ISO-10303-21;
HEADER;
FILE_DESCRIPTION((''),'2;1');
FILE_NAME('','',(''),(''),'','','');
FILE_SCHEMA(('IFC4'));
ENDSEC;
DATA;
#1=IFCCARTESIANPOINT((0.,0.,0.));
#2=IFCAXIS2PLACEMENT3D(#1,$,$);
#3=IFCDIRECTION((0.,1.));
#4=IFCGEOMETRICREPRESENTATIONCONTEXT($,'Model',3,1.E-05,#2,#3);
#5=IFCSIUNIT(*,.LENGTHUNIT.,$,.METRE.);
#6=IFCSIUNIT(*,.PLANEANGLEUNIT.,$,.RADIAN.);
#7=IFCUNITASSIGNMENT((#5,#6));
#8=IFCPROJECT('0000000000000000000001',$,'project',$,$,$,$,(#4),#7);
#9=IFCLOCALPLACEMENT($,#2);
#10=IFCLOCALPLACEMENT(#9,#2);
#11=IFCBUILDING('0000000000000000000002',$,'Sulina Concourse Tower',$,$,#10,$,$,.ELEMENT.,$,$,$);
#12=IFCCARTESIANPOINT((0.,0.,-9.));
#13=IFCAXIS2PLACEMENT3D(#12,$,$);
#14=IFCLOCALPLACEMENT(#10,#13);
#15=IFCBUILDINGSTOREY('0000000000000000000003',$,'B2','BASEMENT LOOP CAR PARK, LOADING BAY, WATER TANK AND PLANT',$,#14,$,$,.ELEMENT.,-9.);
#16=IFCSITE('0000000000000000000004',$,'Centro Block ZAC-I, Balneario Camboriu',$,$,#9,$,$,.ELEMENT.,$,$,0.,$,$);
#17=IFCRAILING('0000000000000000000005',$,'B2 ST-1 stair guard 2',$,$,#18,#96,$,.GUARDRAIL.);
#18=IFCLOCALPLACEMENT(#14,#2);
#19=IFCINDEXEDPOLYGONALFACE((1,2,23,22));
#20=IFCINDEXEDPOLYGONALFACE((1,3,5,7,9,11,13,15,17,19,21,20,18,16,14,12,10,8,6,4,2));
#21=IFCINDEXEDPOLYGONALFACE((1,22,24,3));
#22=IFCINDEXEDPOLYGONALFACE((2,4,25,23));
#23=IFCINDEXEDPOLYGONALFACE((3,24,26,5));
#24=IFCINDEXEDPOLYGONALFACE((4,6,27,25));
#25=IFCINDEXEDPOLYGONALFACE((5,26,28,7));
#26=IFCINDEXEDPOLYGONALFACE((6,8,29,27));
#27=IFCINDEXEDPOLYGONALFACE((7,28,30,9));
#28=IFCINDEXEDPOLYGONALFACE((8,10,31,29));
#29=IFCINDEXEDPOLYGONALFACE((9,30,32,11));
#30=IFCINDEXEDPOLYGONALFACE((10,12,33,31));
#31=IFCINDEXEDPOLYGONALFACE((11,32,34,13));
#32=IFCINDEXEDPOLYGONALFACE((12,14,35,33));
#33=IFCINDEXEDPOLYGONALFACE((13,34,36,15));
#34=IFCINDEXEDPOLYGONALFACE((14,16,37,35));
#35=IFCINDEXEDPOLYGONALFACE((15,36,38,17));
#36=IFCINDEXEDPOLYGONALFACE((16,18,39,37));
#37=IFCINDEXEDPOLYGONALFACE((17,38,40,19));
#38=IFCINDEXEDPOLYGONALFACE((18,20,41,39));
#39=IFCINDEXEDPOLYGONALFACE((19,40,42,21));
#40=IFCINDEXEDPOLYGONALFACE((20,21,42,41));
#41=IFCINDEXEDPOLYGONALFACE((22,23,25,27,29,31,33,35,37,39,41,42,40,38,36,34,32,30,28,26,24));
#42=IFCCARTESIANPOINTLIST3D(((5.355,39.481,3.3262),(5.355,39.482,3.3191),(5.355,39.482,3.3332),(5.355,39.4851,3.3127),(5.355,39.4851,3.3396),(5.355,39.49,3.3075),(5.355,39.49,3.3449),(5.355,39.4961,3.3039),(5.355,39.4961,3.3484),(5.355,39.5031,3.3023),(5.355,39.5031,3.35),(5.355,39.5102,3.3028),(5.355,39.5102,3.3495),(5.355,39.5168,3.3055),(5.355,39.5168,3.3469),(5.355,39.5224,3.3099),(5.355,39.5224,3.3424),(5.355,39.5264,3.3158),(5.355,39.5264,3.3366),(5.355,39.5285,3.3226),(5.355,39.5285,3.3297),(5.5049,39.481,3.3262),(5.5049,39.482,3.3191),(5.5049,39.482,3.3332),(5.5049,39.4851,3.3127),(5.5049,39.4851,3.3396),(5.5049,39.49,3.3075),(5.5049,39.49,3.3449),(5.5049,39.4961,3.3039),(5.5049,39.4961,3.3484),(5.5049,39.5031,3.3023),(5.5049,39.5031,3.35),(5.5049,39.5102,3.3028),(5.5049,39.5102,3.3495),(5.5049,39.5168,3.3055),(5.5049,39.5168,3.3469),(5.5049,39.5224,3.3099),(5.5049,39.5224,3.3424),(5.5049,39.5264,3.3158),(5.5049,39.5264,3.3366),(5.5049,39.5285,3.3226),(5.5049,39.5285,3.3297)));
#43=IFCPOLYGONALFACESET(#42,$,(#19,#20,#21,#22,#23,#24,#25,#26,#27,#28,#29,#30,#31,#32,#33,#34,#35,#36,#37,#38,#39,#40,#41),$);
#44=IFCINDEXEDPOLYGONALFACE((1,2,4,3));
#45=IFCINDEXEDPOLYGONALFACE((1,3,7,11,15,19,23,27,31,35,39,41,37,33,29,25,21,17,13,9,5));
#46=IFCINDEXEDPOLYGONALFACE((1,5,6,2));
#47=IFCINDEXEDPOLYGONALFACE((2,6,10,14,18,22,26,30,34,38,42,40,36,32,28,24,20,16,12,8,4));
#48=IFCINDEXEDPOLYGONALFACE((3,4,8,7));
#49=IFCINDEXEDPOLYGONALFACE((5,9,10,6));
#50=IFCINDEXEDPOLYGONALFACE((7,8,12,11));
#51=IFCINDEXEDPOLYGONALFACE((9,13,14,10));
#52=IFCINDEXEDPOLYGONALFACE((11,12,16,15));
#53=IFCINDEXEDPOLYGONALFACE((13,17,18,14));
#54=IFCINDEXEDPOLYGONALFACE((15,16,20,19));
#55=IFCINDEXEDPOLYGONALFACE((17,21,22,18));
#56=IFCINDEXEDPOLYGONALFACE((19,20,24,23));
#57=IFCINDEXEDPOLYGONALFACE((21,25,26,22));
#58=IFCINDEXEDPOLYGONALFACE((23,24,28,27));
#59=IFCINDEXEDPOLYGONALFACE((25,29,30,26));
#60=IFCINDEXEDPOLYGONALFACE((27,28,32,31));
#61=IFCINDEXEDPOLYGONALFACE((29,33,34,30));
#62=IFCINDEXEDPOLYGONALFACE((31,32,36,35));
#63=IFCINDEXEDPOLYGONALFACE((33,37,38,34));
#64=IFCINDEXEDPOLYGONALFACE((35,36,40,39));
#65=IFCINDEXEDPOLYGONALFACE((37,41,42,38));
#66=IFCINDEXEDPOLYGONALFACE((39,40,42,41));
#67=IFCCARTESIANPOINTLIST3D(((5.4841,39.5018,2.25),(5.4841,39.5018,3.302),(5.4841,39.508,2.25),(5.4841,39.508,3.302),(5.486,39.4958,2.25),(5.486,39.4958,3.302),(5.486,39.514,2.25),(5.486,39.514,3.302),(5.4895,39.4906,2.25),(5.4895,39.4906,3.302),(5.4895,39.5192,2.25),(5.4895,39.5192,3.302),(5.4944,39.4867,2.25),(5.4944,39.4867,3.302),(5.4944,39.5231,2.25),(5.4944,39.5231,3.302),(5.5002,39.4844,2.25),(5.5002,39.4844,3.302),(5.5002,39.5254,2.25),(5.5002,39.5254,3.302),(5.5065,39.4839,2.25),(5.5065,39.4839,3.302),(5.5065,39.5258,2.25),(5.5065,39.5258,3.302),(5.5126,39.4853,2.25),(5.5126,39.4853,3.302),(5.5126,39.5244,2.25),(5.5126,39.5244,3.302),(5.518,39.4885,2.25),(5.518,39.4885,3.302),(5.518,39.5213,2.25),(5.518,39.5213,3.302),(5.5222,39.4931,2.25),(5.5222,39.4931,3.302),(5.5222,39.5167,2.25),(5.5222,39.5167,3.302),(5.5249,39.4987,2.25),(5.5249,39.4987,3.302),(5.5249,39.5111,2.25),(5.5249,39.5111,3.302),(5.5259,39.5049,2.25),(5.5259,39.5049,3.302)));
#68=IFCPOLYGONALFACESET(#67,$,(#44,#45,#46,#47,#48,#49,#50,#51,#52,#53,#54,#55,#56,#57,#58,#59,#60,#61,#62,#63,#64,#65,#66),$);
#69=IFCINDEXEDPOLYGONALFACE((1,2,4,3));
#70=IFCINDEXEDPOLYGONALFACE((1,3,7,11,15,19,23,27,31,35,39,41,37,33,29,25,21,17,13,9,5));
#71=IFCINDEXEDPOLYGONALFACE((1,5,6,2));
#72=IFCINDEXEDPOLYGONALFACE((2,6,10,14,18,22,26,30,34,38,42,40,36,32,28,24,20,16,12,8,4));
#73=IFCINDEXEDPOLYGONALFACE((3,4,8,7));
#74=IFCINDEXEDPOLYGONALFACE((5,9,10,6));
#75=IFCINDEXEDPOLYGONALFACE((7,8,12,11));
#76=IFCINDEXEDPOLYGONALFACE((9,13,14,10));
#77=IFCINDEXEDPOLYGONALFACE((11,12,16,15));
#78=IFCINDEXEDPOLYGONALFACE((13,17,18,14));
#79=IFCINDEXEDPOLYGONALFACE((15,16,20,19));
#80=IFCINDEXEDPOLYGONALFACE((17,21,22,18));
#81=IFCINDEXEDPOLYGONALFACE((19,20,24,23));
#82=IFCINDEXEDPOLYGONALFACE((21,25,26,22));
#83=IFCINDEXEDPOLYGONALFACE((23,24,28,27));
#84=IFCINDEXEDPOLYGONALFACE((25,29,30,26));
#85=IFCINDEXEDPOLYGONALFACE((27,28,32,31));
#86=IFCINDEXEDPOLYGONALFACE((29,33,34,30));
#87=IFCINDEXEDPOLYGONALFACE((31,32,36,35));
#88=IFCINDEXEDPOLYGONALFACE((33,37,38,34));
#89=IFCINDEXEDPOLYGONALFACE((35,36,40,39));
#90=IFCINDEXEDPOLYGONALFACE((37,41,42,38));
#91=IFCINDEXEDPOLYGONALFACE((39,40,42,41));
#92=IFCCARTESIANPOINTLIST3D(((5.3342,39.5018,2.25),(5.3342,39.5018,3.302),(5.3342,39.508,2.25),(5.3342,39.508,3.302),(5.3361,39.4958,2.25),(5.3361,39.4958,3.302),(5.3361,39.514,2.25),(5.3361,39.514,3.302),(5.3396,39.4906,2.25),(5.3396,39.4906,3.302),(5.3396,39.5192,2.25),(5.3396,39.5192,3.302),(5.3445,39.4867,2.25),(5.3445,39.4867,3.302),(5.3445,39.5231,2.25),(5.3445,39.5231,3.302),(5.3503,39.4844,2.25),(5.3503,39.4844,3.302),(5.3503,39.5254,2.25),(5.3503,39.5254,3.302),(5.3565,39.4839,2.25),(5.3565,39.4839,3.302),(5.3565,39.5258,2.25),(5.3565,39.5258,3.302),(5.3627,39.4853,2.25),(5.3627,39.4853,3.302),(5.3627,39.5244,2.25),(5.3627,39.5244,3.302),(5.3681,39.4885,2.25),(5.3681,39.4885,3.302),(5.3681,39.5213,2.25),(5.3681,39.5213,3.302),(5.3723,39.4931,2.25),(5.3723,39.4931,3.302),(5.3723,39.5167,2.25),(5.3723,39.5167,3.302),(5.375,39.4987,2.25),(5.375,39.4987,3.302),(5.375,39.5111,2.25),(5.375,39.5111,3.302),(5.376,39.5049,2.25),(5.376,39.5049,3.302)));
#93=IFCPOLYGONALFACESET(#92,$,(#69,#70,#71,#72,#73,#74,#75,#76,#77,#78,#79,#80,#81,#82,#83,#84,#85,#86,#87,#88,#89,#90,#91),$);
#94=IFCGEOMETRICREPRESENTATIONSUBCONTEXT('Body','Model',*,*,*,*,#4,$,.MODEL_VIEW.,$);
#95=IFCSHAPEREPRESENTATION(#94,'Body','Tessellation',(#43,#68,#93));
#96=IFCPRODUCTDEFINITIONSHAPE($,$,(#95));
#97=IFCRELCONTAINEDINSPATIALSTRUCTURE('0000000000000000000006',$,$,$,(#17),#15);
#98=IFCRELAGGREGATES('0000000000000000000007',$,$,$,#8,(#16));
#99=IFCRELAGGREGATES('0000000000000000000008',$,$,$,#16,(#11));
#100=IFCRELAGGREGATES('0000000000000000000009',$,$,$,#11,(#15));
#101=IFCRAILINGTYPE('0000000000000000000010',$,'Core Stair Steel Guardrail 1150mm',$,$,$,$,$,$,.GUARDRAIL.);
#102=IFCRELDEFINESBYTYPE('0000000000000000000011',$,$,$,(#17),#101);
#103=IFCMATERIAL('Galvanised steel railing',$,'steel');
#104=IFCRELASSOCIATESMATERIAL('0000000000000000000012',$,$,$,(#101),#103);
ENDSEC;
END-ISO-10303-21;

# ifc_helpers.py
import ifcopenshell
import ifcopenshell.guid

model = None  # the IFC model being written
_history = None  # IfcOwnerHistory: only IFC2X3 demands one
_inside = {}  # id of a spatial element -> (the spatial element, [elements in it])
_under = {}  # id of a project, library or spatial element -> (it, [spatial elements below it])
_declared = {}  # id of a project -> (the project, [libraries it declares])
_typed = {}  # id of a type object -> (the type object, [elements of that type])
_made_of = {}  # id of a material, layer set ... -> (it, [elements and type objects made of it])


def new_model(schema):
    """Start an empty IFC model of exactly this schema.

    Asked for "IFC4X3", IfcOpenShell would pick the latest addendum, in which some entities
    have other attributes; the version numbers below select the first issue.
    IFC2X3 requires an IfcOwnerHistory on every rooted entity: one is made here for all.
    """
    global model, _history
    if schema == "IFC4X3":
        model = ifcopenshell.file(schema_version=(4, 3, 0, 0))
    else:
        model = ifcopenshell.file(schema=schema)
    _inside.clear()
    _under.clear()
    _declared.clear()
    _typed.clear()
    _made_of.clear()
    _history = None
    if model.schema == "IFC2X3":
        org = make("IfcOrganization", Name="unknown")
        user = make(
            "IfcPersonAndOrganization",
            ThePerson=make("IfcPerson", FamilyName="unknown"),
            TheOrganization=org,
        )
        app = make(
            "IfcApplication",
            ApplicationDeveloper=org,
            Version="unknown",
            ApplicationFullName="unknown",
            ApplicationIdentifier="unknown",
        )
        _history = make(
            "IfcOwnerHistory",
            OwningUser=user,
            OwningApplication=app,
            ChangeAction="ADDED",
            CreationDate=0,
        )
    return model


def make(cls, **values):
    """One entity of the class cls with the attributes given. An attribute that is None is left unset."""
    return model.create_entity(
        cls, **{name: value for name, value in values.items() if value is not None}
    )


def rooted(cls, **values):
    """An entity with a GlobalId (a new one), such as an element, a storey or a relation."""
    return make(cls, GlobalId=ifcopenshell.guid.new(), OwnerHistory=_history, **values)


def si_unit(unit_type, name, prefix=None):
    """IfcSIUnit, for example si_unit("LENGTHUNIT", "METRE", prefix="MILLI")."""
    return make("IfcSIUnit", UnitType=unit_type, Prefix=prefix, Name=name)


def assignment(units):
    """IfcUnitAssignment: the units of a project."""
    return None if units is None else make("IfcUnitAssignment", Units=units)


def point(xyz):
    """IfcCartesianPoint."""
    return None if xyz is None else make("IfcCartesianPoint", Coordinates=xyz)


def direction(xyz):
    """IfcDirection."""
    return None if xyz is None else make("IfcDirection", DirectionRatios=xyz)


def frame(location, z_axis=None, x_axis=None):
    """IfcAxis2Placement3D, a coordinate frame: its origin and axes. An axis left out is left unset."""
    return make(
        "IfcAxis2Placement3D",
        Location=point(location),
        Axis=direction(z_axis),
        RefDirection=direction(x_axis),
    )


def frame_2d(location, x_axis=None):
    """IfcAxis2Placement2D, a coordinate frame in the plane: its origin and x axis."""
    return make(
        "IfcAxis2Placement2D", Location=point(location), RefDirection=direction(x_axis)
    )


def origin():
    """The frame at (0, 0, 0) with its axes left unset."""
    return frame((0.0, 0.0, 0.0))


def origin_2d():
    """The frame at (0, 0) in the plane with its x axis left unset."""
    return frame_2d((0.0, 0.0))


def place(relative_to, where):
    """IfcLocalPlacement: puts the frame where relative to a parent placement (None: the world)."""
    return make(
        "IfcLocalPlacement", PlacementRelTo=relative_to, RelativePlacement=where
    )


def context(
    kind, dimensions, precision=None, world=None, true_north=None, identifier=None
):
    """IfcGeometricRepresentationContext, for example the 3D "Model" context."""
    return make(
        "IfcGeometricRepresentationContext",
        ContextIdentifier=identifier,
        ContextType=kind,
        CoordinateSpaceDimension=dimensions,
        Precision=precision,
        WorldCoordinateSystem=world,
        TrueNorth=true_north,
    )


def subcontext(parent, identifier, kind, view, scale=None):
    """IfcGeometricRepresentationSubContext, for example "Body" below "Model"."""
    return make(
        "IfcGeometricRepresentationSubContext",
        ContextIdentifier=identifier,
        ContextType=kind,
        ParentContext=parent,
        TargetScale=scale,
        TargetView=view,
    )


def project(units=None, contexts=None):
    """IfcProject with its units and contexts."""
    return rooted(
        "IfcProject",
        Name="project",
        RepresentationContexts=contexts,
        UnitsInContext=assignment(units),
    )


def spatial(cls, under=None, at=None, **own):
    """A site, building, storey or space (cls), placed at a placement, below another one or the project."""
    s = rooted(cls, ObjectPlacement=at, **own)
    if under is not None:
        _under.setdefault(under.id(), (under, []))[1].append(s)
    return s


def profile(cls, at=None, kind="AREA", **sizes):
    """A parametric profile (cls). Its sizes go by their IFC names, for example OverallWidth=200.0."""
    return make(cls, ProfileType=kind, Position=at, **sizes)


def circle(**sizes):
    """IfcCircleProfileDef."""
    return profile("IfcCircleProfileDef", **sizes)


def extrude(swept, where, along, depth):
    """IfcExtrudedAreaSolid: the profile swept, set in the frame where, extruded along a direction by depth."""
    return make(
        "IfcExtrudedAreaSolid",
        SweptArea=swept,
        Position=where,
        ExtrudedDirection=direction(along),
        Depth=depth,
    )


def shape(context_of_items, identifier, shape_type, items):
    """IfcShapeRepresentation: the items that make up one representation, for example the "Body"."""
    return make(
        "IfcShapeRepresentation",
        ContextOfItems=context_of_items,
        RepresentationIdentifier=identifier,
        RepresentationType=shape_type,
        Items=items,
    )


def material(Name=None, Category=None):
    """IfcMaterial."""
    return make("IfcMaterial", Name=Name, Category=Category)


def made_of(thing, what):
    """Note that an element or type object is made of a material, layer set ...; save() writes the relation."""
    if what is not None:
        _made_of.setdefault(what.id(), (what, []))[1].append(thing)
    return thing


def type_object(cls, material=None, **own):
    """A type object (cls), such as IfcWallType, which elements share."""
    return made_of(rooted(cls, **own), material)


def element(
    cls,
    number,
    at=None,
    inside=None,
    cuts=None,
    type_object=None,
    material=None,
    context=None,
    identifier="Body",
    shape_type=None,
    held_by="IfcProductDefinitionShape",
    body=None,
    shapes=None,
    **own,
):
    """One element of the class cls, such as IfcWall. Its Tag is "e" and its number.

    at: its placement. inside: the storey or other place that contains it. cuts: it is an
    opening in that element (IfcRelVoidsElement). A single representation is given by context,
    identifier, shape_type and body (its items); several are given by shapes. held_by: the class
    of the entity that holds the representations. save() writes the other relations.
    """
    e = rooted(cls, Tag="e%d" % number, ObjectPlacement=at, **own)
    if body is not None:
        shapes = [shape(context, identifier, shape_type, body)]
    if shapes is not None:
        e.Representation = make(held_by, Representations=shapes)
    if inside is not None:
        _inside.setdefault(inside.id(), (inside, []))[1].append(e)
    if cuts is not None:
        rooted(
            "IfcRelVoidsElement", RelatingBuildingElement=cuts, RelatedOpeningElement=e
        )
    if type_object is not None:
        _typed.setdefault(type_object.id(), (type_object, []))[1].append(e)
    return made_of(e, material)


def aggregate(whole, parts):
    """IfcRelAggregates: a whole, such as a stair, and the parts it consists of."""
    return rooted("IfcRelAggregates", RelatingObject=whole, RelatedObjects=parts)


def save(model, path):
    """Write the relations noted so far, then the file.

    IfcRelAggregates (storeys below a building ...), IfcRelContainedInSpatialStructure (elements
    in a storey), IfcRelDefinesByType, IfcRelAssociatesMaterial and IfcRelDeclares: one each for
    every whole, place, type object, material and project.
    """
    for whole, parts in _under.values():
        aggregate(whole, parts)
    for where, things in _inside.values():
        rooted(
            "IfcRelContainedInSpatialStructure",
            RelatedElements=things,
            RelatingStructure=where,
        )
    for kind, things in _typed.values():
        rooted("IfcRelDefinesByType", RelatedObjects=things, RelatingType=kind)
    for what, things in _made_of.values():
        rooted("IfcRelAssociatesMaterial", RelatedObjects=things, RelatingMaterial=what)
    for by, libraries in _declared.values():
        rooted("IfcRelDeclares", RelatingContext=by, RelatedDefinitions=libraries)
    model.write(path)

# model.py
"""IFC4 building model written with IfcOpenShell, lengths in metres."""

from ifc_helpers import new_model, si_unit, direction, frame, origin, origin_2d, place, context, subcontext, project, spatial, circle, extrude, material, type_object, element, save


model = new_model("IFC4")

# Units and contexts
model_context = context("Model", 3, precision=1e-05, world=origin(), true_north=direction((0.0, 1.0)))
body_context = subcontext(model_context, "Body", "Model", "MODEL_VIEW")
ifc_project = project(units=[si_unit("LENGTHUNIT", "METRE"), si_unit("PLANEANGLEUNIT", "RADIAN")], contexts=[model_context])

# Site, building, storey
site_placement = place(None, origin())
site = spatial("IfcSite", under=ifc_project, at=site_placement, Name="Centro Block ZAC-I, Balneario Camboriu", CompositionType="ELEMENT", RefElevation=0.0)
building_placement = place(site_placement, origin())
building = spatial("IfcBuilding", under=site, at=building_placement, Name="Sulina Concourse Tower", CompositionType="ELEMENT")
storey_placement = place(building_placement, frame((0.0, 0.0, -9.0)))
storey = spatial("IfcBuildingStorey", under=building, at=storey_placement, Name="B2", Description="BASEMENT LOOP CAR PARK, LOADING BAY, WATER TANK AND PLANT", CompositionType="ELEMENT", Elevation=-9.0)

# Railing
ifc_material_1 = material(Name="Galvanised steel railing", Category="steel")
railing_type_1 = type_object("IfcRailingType", Name="Core Stair Steel Guardrail 1150mm", PredefinedType="GUARDRAIL", material=ifc_material_1)
railing_1_placement = place(storey_placement, frame((5.5049, 39.5049, 2.25)))
element("IfcRailing", 1, at=railing_1_placement, inside=storey, type_object=railing_type_1, Name="B2 ST-1 stair guard 2", PredefinedType="GUARDRAIL", context=body_context, shape_type="SweptSolid", body=[
    extrude(circle(Radius=0.0239, at=origin_2d()), frame((0.0, 0.0, 1.0762), z_axis=(-1.0, 0.0, 0.0), x_axis=(0.0, -1.0, 0.0)), (0.0, 0.0, 1.0), 0.1499),
    extrude(circle(Radius=0.021, at=origin_2d()), origin(), (0.0, 0.0, 1.0), 1.052),
    extrude(circle(Radius=0.021, at=origin_2d()), frame((-0.1499, 0.0, 0.0)), (0.0, 0.0, 1.0), 1.052),
])

save(model, "model.ifc")
